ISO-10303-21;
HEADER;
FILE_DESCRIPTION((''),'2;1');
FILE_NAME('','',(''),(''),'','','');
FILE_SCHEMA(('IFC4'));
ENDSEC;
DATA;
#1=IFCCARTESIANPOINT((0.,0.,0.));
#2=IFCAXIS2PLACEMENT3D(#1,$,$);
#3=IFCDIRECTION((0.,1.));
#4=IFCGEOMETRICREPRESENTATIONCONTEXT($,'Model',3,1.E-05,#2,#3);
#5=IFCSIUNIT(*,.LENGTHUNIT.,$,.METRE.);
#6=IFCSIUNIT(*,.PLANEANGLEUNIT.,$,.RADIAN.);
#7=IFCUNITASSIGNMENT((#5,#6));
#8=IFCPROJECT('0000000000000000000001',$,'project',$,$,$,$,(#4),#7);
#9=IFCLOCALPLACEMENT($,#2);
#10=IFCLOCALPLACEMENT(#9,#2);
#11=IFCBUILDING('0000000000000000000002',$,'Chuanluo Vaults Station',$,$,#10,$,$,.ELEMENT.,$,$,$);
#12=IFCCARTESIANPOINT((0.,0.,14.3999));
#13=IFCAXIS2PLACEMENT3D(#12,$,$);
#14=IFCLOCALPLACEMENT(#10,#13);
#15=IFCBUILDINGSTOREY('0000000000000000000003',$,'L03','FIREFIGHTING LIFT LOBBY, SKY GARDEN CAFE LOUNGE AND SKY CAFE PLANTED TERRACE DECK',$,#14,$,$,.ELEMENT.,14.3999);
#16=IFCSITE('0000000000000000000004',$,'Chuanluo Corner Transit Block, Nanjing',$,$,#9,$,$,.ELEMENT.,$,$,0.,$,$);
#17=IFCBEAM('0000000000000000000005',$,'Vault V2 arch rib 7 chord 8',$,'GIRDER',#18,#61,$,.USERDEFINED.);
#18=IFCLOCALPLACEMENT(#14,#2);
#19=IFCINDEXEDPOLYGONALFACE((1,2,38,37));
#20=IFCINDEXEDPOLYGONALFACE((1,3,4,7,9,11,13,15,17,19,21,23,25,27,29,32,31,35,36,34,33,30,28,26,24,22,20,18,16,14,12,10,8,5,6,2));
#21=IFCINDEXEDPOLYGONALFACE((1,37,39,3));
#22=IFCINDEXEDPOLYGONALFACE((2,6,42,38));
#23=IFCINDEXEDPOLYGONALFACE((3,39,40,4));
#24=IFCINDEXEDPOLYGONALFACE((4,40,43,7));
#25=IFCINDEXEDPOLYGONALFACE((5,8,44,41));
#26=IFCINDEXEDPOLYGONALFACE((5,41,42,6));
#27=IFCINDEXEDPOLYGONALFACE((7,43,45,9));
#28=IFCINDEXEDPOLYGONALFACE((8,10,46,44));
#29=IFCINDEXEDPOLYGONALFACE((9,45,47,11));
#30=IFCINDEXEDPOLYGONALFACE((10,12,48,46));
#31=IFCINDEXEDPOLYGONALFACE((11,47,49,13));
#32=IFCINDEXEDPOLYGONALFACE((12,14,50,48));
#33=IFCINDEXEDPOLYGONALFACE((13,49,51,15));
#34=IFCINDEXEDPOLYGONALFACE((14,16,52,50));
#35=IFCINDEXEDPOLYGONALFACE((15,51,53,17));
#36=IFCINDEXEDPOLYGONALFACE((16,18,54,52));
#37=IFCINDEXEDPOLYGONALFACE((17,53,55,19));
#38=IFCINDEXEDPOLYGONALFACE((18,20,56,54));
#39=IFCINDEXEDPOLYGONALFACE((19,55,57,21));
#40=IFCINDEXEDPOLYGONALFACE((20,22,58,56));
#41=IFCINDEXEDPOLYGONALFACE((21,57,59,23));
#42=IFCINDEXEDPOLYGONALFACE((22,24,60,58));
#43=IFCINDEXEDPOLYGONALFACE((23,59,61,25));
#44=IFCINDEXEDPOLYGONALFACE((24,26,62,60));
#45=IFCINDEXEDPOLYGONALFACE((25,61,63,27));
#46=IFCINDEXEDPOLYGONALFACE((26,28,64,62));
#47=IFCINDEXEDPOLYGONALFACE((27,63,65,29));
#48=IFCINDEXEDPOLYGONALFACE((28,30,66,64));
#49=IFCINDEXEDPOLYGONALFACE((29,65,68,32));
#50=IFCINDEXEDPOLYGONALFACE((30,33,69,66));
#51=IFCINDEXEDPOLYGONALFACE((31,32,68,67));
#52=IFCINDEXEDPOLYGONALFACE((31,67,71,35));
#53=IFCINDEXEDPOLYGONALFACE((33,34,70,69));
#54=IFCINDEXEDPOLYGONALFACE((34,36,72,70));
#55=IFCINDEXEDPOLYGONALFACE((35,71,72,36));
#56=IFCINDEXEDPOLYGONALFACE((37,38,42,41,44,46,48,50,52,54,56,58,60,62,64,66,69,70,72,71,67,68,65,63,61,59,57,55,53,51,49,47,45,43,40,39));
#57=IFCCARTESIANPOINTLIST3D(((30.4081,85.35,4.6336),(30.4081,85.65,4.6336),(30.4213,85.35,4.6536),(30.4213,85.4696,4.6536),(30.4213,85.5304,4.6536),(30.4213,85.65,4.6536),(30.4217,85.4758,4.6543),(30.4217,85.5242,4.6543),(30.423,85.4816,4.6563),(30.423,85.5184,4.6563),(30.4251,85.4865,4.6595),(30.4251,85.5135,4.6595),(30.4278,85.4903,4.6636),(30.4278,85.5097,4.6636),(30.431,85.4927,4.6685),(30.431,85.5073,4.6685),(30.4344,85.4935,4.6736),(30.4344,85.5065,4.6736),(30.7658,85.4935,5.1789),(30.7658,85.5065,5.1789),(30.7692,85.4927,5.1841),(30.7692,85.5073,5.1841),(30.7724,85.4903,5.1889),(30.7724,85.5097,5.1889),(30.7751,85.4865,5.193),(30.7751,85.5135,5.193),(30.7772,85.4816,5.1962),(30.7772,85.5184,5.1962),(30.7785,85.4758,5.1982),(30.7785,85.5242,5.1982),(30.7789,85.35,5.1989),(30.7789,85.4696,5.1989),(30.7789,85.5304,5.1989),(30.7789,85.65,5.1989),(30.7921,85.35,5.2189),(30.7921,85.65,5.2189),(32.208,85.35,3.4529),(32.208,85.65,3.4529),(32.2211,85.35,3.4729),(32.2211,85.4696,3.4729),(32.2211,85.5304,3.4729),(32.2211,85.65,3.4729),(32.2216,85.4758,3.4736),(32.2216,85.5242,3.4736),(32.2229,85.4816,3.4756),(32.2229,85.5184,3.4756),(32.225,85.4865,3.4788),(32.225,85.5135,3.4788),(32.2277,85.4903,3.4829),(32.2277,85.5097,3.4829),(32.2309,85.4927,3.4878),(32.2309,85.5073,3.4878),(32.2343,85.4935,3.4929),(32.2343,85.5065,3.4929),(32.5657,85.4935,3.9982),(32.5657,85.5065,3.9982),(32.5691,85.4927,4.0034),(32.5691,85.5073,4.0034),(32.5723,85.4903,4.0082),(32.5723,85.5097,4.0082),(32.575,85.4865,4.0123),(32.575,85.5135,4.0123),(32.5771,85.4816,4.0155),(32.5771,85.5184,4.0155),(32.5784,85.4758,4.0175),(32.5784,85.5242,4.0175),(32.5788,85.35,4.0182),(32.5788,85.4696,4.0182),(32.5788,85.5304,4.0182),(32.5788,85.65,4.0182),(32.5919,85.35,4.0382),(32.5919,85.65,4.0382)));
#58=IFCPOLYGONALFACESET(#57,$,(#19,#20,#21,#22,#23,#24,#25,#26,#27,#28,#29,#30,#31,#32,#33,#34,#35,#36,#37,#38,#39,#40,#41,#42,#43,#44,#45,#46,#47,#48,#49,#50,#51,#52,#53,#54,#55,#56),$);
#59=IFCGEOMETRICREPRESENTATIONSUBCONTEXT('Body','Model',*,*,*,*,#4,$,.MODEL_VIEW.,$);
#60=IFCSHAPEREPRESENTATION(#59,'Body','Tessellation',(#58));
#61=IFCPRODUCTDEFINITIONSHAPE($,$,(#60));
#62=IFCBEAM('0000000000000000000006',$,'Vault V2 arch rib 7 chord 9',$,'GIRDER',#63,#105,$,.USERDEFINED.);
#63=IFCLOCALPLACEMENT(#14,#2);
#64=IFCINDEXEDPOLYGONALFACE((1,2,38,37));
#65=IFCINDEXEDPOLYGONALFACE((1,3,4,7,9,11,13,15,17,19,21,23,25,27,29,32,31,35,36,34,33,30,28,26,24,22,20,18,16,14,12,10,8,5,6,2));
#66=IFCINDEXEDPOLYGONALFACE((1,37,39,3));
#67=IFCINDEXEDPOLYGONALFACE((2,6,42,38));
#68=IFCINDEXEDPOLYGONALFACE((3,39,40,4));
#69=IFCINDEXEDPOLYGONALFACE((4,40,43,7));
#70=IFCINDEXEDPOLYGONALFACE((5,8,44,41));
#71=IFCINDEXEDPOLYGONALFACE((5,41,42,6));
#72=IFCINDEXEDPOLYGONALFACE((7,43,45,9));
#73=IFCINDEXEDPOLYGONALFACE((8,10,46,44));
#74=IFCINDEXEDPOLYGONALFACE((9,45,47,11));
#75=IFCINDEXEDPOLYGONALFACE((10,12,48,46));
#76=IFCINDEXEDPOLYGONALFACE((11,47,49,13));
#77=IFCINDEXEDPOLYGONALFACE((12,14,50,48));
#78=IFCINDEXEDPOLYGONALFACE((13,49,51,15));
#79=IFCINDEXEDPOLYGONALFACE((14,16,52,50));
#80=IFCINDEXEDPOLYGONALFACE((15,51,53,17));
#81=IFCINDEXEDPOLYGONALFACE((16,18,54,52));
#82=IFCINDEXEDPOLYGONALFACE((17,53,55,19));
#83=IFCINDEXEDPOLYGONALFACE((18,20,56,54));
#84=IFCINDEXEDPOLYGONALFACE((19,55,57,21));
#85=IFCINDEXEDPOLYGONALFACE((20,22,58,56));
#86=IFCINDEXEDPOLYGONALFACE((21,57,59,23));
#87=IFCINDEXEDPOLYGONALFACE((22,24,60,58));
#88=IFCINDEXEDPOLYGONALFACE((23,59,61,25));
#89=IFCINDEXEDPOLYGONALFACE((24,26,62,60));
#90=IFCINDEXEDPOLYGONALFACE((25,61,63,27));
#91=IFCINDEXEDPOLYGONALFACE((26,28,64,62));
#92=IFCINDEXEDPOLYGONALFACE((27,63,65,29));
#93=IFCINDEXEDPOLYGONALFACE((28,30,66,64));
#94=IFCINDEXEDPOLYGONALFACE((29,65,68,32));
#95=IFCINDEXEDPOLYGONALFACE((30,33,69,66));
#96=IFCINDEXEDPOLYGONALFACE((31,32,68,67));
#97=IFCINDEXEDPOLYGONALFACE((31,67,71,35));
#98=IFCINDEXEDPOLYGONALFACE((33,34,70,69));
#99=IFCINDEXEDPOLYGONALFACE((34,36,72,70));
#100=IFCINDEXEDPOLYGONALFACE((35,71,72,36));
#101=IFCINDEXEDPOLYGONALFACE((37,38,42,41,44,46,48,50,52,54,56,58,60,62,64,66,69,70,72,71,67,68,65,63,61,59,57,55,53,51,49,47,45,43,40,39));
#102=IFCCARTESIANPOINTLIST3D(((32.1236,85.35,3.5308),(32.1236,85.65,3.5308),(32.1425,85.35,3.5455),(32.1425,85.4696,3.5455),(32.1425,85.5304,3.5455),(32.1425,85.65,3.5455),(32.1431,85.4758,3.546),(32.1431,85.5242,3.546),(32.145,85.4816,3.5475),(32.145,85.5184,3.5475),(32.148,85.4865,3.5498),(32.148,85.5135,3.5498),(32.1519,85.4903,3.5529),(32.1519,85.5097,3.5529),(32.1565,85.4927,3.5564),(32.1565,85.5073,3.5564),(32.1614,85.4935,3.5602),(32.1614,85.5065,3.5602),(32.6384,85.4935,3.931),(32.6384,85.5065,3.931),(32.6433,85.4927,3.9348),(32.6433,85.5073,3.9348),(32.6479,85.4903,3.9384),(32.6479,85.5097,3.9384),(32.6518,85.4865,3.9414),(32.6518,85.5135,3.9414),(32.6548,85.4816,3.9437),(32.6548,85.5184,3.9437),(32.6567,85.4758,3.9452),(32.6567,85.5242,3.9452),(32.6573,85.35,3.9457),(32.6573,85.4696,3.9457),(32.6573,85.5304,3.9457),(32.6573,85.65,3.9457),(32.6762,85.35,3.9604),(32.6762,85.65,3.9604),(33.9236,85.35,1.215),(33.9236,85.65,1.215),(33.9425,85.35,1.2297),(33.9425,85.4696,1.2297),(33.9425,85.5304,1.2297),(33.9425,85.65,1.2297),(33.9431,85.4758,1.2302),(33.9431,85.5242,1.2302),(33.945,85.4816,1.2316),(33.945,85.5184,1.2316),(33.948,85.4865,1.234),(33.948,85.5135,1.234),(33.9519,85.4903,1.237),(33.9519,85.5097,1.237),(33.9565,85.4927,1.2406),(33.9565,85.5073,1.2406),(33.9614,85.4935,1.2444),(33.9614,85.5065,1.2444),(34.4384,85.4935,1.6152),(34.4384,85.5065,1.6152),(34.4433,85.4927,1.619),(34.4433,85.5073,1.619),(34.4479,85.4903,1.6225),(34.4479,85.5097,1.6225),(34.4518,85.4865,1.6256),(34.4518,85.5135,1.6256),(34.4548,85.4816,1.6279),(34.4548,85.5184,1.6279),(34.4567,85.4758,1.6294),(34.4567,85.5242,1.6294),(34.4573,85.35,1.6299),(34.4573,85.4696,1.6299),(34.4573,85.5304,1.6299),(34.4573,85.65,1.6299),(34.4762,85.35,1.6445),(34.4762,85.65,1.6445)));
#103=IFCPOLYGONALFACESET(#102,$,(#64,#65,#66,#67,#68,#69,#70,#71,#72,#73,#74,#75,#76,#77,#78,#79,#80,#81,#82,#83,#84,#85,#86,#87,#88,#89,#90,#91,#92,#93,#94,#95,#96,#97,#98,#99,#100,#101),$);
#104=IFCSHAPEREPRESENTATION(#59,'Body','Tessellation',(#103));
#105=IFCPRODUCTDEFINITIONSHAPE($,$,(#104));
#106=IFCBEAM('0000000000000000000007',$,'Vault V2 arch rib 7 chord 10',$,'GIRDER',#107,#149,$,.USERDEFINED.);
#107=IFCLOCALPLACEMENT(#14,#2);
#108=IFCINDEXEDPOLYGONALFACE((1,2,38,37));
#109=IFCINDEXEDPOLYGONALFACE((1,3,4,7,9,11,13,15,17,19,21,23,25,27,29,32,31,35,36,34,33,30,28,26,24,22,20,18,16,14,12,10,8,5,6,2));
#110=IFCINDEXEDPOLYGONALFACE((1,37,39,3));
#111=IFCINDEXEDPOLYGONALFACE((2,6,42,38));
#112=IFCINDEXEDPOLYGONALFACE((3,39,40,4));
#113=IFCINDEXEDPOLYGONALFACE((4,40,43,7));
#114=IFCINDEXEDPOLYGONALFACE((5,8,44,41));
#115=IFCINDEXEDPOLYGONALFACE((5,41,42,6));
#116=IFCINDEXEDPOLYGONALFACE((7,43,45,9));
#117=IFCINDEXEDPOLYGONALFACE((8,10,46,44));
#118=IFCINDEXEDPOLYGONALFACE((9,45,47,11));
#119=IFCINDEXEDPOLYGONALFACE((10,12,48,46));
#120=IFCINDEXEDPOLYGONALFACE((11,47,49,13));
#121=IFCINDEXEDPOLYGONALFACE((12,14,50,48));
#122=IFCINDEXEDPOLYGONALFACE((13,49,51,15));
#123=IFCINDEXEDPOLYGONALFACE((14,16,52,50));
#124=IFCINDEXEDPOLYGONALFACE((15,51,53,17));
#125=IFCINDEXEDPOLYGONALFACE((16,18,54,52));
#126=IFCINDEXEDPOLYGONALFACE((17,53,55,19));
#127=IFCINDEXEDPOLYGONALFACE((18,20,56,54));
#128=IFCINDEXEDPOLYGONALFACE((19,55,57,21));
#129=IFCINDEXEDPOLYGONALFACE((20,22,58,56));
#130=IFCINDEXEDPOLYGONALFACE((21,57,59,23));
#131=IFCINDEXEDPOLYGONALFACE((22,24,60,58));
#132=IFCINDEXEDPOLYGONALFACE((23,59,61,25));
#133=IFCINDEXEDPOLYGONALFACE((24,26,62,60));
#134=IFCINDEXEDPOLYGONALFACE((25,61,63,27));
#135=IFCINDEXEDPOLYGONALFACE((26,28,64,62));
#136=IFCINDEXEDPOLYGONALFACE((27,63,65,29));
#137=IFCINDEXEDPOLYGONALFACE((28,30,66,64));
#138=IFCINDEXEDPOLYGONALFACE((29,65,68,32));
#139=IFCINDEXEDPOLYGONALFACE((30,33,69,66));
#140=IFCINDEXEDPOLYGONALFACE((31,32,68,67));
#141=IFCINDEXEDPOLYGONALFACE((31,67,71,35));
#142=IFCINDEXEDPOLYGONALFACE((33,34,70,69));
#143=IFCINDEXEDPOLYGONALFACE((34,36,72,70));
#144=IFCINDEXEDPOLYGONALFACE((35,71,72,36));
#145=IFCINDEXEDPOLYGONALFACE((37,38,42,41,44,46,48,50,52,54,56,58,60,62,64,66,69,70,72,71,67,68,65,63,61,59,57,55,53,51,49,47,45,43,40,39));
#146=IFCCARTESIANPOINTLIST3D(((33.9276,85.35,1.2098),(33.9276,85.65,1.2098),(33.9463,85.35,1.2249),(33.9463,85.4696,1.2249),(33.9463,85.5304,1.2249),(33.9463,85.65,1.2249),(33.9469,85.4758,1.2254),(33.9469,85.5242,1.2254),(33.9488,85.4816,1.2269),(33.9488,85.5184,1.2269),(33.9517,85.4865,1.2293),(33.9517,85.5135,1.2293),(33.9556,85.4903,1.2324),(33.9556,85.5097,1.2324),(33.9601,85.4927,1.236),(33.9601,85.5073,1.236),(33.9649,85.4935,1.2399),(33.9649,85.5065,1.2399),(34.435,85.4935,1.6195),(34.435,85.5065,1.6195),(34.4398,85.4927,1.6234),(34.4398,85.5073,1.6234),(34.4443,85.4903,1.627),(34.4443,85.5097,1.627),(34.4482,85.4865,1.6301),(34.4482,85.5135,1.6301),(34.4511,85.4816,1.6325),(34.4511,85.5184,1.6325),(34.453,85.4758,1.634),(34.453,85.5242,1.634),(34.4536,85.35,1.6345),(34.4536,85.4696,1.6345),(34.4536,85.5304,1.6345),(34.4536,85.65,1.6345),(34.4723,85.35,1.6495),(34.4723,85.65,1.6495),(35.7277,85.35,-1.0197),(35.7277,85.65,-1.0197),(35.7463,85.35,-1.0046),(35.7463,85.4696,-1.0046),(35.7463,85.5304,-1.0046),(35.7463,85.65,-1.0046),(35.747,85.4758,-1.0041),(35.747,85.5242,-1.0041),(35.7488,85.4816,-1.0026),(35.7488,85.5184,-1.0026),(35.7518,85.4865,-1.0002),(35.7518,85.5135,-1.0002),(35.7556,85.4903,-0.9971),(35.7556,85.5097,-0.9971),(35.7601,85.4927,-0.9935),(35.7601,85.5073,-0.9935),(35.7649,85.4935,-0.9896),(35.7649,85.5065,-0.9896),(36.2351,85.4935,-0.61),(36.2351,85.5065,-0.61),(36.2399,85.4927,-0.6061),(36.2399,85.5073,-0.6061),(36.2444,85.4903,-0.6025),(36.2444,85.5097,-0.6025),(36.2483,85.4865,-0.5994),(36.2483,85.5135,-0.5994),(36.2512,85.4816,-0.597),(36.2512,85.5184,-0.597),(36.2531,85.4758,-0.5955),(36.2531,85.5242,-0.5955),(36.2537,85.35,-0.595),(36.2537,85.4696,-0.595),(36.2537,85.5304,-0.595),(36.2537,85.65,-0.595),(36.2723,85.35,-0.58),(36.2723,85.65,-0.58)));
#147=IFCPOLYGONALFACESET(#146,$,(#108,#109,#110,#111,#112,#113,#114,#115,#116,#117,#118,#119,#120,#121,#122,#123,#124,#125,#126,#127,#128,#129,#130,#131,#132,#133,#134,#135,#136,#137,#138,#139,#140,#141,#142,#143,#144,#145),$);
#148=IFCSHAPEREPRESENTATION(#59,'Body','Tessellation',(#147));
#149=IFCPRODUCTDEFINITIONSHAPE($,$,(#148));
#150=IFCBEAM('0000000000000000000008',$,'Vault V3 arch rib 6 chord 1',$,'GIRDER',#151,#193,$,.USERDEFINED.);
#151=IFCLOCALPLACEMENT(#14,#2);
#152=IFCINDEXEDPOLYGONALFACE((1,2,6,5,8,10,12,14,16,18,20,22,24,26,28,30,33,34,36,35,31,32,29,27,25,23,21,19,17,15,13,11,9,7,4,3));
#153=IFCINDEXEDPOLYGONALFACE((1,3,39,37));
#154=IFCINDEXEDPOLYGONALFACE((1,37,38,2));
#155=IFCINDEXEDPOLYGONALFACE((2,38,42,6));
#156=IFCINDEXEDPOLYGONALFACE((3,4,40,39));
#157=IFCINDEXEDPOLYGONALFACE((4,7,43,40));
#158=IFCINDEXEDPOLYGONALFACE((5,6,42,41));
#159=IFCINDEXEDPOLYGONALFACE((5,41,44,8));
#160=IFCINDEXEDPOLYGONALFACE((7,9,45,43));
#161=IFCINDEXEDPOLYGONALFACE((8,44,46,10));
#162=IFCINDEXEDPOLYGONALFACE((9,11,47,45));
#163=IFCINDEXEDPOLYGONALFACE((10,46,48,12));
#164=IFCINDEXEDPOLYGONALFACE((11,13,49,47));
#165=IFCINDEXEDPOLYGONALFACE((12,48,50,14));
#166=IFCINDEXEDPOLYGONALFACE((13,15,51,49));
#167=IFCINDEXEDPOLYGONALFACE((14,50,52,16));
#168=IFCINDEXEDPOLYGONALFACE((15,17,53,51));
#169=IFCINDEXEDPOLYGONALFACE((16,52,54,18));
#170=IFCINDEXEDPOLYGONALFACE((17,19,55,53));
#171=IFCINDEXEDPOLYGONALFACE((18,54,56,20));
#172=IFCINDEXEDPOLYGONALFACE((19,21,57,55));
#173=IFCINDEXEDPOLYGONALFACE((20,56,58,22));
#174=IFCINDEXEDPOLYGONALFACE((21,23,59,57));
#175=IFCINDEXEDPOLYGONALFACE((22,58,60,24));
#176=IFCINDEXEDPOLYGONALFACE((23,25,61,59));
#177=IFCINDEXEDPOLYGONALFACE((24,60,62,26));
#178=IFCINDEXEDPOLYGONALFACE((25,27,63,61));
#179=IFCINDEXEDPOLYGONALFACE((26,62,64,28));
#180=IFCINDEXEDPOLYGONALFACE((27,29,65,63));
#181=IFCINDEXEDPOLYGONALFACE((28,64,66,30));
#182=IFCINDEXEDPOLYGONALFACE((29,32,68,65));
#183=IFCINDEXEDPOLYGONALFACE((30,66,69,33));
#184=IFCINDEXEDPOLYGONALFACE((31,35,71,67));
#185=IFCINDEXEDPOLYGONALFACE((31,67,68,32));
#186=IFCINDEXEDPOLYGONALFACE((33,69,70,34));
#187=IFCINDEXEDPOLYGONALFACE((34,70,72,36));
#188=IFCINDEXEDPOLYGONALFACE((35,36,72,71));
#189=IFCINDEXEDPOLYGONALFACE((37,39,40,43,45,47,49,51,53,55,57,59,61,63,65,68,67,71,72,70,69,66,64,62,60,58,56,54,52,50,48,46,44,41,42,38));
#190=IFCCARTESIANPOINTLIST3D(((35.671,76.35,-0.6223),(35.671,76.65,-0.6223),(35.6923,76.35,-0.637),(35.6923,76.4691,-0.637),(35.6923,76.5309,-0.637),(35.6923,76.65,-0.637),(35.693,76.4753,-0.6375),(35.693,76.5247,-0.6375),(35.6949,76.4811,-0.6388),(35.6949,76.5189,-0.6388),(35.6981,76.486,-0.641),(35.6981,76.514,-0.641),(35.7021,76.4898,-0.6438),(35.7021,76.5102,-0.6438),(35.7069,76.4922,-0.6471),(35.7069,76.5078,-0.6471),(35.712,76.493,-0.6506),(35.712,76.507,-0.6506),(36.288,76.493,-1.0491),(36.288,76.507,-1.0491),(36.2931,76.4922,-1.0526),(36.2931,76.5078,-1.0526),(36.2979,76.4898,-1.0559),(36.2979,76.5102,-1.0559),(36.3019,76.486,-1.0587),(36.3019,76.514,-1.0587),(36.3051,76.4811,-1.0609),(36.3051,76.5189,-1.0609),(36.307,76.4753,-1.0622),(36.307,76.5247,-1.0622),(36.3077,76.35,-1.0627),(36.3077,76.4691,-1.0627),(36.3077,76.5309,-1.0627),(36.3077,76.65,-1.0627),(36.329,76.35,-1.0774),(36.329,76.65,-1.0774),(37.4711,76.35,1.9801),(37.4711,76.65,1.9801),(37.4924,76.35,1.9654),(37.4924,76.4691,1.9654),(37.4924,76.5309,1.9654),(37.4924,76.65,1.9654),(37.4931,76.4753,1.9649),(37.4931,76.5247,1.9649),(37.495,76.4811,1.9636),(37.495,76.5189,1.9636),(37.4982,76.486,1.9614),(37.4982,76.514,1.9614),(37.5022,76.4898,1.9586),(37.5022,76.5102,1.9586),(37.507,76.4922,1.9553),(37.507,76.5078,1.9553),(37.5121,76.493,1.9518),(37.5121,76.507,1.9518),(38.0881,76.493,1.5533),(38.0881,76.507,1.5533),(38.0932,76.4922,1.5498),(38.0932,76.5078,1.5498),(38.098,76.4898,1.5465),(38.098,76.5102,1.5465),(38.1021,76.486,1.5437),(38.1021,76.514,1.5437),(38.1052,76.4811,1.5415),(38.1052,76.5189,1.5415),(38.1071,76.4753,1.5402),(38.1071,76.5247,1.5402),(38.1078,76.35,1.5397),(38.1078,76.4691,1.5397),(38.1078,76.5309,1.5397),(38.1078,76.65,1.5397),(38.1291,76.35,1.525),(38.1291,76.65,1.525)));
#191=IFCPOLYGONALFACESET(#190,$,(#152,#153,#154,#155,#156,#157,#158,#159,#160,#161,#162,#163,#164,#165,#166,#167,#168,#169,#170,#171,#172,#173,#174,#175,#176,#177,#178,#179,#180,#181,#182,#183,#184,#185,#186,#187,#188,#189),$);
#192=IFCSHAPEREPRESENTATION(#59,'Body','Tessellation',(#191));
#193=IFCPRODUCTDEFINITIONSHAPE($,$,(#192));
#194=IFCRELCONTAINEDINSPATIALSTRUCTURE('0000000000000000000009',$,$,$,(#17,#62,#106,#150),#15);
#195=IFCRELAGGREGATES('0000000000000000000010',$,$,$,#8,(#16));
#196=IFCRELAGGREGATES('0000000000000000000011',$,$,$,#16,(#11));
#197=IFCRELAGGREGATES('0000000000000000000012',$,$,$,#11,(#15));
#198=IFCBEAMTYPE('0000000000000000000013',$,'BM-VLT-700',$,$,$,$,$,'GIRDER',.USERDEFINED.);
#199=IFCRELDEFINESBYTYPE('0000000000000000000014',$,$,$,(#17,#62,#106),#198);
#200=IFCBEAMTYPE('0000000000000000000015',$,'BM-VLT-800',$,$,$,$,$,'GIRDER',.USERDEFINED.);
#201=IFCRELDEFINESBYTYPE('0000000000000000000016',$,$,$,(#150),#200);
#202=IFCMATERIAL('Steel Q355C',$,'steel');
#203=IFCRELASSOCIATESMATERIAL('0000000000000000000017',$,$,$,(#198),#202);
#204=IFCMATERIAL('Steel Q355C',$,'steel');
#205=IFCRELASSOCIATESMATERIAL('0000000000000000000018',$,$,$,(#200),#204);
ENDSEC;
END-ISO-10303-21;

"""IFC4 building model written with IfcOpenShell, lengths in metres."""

from ifc_helpers import new_model, si_unit, direction, frame, origin, origin_2d, place, context, subcontext, project, spatial, i_section, extrude, material, material_profile, profile_set, type_object, element, save


model = new_model("IFC4")

# Units and contexts
model_context = context("Model", 3, precision=1e-05, world=origin(), true_north=direction((0.0, 1.0)))
body_context = subcontext(model_context, "Body", "Model", "MODEL_VIEW")
ifc_project = project(units=[si_unit("LENGTHUNIT", "METRE"), si_unit("PLANEANGLEUNIT", "RADIAN")], contexts=[model_context])

# Site, building, storey
site_placement = place(None, origin())
site = spatial("IfcSite", under=ifc_project, at=site_placement, Name="Chuanluo Corner Transit Block, Nanjing", CompositionType="ELEMENT", RefElevation=0.0)
building_placement = place(site_placement, origin())
building = spatial("IfcBuilding", under=site, at=building_placement, Name="Chuanluo Vaults Station", CompositionType="ELEMENT")
storey_placement = place(building_placement, frame((0.0, 0.0, 14.3999)))
storey = spatial("IfcBuildingStorey", under=building, at=storey_placement, Name="L03", Description="FIREFIGHTING LIFT LOBBY, SKY GARDEN CAFE LOUNGE AND SKY CAFE PLANTED TERRACE DECK", CompositionType="ELEMENT", Elevation=14.3999)

# Beams
ifc_material_1 = material(Name="Steel Q355C", Category="steel")
ifc_material_profile_1 = material_profile(ifc_material_1, i_section(OverallWidth=0.3, OverallDepth=0.7, WebThickness=0.0129, FlangeThickness=0.0239, FilletRadius=0.0239, at=origin_2d()))
ifc_profile_set_1 = profile_set([ifc_material_profile_1], Name="Steel Q355C")
beam_type_1 = type_object("IfcBeamType", Name="BM-VLT-700", ElementType="GIRDER", PredefinedType="USERDEFINED", material=ifc_profile_set_1)
beam_1_placement = place(storey_placement, frame((30.6001, 85.5, 4.9263), z_axis=(0.836145, 0.0, -0.548508), x_axis=(0.0, 1.0, 0.0)))
element("IfcBeam", 1, at=beam_1_placement, inside=storey, type_object=beam_type_1, Name="Vault V2 arch rib 7 chord 8", ObjectType="GIRDER", PredefinedType="USERDEFINED", context=body_context, shape_type="SweptSolid", body=[
    extrude(i_section(OverallWidth=0.3, OverallDepth=0.7, WebThickness=0.0129, FlangeThickness=0.0239, FilletRadius=0.0239, at=origin_2d()), origin(), (0.0, 0.0, 1.0), 2.1526),
])
beam_2_placement = place(storey_placement, frame((32.3999, 85.5, 3.7456), z_axis=(0.613681, 0.0, -0.789554), x_axis=(0.0, 1.0, 0.0)))
element("IfcBeam", 2, at=beam_2_placement, inside=storey, type_object=beam_type_1, Name="Vault V2 arch rib 7 chord 9", ObjectType="GIRDER", PredefinedType="USERDEFINED", context=body_context, shape_type="SweptSolid", body=[
    extrude(i_section(OverallWidth=0.3, OverallDepth=0.7, WebThickness=0.0129, FlangeThickness=0.0239, FilletRadius=0.0239, at=origin_2d()), origin(), (0.0, 0.0, 1.0), 2.9331),
])
beam_3_placement = place(storey_placement, frame((34.2, 85.5, 1.4297), z_axis=(0.62819, 0.0, -0.77806), x_axis=(0.0, 1.0, 0.0)))
element("IfcBeam", 3, at=beam_3_placement, inside=storey, type_object=beam_type_1, Name="Vault V2 arch rib 7 chord 10", ObjectType="GIRDER", PredefinedType="USERDEFINED", context=body_context, shape_type="SweptSolid", body=[
    extrude(i_section(OverallWidth=0.3, OverallDepth=0.7, WebThickness=0.0129, FlangeThickness=0.0239, FilletRadius=0.0239, at=origin_2d()), origin(), (0.0, 0.0, 1.0), 2.8655),
])
ifc_material_2 = material(Name="Steel Q355C", Category="steel")
ifc_material_profile_2 = material_profile(ifc_material_2, i_section(OverallWidth=0.3, OverallDepth=0.8, WebThickness=0.0139, FlangeThickness=0.0259, FilletRadius=0.0239, at=origin_2d()))
ifc_profile_set_2 = profile_set([ifc_material_profile_2], Name="Steel Q355C")
beam_type_2 = type_object("IfcBeamType", Name="BM-VLT-800", ElementType="GIRDER", PredefinedType="USERDEFINED", material=ifc_profile_set_2)
for number, where, z_axis, x_axis, name in (
    (4, (36.0, 76.5, -0.8499), (0.568881, 0.0, 0.82242), (0.0, 1.0, 0.0), "Vault V3 arch rib 6 chord 1"),
):
    element("IfcBeam", number, at=place(storey_placement, frame(where, z_axis=z_axis, x_axis=x_axis)), inside=storey, type_object=beam_type_2, Name=name, ObjectType="GIRDER", PredefinedType="USERDEFINED", context=body_context, shape_type="SweptSolid", body=[
        extrude(i_section(OverallWidth=0.3, OverallDepth=0.8, WebThickness=0.0139, FlangeThickness=0.0259, FilletRadius=0.0239, at=origin_2d()), origin(), (0.0, 0.0, 1.0), 3.1643),
    ])

save(model, "model.ifc")
